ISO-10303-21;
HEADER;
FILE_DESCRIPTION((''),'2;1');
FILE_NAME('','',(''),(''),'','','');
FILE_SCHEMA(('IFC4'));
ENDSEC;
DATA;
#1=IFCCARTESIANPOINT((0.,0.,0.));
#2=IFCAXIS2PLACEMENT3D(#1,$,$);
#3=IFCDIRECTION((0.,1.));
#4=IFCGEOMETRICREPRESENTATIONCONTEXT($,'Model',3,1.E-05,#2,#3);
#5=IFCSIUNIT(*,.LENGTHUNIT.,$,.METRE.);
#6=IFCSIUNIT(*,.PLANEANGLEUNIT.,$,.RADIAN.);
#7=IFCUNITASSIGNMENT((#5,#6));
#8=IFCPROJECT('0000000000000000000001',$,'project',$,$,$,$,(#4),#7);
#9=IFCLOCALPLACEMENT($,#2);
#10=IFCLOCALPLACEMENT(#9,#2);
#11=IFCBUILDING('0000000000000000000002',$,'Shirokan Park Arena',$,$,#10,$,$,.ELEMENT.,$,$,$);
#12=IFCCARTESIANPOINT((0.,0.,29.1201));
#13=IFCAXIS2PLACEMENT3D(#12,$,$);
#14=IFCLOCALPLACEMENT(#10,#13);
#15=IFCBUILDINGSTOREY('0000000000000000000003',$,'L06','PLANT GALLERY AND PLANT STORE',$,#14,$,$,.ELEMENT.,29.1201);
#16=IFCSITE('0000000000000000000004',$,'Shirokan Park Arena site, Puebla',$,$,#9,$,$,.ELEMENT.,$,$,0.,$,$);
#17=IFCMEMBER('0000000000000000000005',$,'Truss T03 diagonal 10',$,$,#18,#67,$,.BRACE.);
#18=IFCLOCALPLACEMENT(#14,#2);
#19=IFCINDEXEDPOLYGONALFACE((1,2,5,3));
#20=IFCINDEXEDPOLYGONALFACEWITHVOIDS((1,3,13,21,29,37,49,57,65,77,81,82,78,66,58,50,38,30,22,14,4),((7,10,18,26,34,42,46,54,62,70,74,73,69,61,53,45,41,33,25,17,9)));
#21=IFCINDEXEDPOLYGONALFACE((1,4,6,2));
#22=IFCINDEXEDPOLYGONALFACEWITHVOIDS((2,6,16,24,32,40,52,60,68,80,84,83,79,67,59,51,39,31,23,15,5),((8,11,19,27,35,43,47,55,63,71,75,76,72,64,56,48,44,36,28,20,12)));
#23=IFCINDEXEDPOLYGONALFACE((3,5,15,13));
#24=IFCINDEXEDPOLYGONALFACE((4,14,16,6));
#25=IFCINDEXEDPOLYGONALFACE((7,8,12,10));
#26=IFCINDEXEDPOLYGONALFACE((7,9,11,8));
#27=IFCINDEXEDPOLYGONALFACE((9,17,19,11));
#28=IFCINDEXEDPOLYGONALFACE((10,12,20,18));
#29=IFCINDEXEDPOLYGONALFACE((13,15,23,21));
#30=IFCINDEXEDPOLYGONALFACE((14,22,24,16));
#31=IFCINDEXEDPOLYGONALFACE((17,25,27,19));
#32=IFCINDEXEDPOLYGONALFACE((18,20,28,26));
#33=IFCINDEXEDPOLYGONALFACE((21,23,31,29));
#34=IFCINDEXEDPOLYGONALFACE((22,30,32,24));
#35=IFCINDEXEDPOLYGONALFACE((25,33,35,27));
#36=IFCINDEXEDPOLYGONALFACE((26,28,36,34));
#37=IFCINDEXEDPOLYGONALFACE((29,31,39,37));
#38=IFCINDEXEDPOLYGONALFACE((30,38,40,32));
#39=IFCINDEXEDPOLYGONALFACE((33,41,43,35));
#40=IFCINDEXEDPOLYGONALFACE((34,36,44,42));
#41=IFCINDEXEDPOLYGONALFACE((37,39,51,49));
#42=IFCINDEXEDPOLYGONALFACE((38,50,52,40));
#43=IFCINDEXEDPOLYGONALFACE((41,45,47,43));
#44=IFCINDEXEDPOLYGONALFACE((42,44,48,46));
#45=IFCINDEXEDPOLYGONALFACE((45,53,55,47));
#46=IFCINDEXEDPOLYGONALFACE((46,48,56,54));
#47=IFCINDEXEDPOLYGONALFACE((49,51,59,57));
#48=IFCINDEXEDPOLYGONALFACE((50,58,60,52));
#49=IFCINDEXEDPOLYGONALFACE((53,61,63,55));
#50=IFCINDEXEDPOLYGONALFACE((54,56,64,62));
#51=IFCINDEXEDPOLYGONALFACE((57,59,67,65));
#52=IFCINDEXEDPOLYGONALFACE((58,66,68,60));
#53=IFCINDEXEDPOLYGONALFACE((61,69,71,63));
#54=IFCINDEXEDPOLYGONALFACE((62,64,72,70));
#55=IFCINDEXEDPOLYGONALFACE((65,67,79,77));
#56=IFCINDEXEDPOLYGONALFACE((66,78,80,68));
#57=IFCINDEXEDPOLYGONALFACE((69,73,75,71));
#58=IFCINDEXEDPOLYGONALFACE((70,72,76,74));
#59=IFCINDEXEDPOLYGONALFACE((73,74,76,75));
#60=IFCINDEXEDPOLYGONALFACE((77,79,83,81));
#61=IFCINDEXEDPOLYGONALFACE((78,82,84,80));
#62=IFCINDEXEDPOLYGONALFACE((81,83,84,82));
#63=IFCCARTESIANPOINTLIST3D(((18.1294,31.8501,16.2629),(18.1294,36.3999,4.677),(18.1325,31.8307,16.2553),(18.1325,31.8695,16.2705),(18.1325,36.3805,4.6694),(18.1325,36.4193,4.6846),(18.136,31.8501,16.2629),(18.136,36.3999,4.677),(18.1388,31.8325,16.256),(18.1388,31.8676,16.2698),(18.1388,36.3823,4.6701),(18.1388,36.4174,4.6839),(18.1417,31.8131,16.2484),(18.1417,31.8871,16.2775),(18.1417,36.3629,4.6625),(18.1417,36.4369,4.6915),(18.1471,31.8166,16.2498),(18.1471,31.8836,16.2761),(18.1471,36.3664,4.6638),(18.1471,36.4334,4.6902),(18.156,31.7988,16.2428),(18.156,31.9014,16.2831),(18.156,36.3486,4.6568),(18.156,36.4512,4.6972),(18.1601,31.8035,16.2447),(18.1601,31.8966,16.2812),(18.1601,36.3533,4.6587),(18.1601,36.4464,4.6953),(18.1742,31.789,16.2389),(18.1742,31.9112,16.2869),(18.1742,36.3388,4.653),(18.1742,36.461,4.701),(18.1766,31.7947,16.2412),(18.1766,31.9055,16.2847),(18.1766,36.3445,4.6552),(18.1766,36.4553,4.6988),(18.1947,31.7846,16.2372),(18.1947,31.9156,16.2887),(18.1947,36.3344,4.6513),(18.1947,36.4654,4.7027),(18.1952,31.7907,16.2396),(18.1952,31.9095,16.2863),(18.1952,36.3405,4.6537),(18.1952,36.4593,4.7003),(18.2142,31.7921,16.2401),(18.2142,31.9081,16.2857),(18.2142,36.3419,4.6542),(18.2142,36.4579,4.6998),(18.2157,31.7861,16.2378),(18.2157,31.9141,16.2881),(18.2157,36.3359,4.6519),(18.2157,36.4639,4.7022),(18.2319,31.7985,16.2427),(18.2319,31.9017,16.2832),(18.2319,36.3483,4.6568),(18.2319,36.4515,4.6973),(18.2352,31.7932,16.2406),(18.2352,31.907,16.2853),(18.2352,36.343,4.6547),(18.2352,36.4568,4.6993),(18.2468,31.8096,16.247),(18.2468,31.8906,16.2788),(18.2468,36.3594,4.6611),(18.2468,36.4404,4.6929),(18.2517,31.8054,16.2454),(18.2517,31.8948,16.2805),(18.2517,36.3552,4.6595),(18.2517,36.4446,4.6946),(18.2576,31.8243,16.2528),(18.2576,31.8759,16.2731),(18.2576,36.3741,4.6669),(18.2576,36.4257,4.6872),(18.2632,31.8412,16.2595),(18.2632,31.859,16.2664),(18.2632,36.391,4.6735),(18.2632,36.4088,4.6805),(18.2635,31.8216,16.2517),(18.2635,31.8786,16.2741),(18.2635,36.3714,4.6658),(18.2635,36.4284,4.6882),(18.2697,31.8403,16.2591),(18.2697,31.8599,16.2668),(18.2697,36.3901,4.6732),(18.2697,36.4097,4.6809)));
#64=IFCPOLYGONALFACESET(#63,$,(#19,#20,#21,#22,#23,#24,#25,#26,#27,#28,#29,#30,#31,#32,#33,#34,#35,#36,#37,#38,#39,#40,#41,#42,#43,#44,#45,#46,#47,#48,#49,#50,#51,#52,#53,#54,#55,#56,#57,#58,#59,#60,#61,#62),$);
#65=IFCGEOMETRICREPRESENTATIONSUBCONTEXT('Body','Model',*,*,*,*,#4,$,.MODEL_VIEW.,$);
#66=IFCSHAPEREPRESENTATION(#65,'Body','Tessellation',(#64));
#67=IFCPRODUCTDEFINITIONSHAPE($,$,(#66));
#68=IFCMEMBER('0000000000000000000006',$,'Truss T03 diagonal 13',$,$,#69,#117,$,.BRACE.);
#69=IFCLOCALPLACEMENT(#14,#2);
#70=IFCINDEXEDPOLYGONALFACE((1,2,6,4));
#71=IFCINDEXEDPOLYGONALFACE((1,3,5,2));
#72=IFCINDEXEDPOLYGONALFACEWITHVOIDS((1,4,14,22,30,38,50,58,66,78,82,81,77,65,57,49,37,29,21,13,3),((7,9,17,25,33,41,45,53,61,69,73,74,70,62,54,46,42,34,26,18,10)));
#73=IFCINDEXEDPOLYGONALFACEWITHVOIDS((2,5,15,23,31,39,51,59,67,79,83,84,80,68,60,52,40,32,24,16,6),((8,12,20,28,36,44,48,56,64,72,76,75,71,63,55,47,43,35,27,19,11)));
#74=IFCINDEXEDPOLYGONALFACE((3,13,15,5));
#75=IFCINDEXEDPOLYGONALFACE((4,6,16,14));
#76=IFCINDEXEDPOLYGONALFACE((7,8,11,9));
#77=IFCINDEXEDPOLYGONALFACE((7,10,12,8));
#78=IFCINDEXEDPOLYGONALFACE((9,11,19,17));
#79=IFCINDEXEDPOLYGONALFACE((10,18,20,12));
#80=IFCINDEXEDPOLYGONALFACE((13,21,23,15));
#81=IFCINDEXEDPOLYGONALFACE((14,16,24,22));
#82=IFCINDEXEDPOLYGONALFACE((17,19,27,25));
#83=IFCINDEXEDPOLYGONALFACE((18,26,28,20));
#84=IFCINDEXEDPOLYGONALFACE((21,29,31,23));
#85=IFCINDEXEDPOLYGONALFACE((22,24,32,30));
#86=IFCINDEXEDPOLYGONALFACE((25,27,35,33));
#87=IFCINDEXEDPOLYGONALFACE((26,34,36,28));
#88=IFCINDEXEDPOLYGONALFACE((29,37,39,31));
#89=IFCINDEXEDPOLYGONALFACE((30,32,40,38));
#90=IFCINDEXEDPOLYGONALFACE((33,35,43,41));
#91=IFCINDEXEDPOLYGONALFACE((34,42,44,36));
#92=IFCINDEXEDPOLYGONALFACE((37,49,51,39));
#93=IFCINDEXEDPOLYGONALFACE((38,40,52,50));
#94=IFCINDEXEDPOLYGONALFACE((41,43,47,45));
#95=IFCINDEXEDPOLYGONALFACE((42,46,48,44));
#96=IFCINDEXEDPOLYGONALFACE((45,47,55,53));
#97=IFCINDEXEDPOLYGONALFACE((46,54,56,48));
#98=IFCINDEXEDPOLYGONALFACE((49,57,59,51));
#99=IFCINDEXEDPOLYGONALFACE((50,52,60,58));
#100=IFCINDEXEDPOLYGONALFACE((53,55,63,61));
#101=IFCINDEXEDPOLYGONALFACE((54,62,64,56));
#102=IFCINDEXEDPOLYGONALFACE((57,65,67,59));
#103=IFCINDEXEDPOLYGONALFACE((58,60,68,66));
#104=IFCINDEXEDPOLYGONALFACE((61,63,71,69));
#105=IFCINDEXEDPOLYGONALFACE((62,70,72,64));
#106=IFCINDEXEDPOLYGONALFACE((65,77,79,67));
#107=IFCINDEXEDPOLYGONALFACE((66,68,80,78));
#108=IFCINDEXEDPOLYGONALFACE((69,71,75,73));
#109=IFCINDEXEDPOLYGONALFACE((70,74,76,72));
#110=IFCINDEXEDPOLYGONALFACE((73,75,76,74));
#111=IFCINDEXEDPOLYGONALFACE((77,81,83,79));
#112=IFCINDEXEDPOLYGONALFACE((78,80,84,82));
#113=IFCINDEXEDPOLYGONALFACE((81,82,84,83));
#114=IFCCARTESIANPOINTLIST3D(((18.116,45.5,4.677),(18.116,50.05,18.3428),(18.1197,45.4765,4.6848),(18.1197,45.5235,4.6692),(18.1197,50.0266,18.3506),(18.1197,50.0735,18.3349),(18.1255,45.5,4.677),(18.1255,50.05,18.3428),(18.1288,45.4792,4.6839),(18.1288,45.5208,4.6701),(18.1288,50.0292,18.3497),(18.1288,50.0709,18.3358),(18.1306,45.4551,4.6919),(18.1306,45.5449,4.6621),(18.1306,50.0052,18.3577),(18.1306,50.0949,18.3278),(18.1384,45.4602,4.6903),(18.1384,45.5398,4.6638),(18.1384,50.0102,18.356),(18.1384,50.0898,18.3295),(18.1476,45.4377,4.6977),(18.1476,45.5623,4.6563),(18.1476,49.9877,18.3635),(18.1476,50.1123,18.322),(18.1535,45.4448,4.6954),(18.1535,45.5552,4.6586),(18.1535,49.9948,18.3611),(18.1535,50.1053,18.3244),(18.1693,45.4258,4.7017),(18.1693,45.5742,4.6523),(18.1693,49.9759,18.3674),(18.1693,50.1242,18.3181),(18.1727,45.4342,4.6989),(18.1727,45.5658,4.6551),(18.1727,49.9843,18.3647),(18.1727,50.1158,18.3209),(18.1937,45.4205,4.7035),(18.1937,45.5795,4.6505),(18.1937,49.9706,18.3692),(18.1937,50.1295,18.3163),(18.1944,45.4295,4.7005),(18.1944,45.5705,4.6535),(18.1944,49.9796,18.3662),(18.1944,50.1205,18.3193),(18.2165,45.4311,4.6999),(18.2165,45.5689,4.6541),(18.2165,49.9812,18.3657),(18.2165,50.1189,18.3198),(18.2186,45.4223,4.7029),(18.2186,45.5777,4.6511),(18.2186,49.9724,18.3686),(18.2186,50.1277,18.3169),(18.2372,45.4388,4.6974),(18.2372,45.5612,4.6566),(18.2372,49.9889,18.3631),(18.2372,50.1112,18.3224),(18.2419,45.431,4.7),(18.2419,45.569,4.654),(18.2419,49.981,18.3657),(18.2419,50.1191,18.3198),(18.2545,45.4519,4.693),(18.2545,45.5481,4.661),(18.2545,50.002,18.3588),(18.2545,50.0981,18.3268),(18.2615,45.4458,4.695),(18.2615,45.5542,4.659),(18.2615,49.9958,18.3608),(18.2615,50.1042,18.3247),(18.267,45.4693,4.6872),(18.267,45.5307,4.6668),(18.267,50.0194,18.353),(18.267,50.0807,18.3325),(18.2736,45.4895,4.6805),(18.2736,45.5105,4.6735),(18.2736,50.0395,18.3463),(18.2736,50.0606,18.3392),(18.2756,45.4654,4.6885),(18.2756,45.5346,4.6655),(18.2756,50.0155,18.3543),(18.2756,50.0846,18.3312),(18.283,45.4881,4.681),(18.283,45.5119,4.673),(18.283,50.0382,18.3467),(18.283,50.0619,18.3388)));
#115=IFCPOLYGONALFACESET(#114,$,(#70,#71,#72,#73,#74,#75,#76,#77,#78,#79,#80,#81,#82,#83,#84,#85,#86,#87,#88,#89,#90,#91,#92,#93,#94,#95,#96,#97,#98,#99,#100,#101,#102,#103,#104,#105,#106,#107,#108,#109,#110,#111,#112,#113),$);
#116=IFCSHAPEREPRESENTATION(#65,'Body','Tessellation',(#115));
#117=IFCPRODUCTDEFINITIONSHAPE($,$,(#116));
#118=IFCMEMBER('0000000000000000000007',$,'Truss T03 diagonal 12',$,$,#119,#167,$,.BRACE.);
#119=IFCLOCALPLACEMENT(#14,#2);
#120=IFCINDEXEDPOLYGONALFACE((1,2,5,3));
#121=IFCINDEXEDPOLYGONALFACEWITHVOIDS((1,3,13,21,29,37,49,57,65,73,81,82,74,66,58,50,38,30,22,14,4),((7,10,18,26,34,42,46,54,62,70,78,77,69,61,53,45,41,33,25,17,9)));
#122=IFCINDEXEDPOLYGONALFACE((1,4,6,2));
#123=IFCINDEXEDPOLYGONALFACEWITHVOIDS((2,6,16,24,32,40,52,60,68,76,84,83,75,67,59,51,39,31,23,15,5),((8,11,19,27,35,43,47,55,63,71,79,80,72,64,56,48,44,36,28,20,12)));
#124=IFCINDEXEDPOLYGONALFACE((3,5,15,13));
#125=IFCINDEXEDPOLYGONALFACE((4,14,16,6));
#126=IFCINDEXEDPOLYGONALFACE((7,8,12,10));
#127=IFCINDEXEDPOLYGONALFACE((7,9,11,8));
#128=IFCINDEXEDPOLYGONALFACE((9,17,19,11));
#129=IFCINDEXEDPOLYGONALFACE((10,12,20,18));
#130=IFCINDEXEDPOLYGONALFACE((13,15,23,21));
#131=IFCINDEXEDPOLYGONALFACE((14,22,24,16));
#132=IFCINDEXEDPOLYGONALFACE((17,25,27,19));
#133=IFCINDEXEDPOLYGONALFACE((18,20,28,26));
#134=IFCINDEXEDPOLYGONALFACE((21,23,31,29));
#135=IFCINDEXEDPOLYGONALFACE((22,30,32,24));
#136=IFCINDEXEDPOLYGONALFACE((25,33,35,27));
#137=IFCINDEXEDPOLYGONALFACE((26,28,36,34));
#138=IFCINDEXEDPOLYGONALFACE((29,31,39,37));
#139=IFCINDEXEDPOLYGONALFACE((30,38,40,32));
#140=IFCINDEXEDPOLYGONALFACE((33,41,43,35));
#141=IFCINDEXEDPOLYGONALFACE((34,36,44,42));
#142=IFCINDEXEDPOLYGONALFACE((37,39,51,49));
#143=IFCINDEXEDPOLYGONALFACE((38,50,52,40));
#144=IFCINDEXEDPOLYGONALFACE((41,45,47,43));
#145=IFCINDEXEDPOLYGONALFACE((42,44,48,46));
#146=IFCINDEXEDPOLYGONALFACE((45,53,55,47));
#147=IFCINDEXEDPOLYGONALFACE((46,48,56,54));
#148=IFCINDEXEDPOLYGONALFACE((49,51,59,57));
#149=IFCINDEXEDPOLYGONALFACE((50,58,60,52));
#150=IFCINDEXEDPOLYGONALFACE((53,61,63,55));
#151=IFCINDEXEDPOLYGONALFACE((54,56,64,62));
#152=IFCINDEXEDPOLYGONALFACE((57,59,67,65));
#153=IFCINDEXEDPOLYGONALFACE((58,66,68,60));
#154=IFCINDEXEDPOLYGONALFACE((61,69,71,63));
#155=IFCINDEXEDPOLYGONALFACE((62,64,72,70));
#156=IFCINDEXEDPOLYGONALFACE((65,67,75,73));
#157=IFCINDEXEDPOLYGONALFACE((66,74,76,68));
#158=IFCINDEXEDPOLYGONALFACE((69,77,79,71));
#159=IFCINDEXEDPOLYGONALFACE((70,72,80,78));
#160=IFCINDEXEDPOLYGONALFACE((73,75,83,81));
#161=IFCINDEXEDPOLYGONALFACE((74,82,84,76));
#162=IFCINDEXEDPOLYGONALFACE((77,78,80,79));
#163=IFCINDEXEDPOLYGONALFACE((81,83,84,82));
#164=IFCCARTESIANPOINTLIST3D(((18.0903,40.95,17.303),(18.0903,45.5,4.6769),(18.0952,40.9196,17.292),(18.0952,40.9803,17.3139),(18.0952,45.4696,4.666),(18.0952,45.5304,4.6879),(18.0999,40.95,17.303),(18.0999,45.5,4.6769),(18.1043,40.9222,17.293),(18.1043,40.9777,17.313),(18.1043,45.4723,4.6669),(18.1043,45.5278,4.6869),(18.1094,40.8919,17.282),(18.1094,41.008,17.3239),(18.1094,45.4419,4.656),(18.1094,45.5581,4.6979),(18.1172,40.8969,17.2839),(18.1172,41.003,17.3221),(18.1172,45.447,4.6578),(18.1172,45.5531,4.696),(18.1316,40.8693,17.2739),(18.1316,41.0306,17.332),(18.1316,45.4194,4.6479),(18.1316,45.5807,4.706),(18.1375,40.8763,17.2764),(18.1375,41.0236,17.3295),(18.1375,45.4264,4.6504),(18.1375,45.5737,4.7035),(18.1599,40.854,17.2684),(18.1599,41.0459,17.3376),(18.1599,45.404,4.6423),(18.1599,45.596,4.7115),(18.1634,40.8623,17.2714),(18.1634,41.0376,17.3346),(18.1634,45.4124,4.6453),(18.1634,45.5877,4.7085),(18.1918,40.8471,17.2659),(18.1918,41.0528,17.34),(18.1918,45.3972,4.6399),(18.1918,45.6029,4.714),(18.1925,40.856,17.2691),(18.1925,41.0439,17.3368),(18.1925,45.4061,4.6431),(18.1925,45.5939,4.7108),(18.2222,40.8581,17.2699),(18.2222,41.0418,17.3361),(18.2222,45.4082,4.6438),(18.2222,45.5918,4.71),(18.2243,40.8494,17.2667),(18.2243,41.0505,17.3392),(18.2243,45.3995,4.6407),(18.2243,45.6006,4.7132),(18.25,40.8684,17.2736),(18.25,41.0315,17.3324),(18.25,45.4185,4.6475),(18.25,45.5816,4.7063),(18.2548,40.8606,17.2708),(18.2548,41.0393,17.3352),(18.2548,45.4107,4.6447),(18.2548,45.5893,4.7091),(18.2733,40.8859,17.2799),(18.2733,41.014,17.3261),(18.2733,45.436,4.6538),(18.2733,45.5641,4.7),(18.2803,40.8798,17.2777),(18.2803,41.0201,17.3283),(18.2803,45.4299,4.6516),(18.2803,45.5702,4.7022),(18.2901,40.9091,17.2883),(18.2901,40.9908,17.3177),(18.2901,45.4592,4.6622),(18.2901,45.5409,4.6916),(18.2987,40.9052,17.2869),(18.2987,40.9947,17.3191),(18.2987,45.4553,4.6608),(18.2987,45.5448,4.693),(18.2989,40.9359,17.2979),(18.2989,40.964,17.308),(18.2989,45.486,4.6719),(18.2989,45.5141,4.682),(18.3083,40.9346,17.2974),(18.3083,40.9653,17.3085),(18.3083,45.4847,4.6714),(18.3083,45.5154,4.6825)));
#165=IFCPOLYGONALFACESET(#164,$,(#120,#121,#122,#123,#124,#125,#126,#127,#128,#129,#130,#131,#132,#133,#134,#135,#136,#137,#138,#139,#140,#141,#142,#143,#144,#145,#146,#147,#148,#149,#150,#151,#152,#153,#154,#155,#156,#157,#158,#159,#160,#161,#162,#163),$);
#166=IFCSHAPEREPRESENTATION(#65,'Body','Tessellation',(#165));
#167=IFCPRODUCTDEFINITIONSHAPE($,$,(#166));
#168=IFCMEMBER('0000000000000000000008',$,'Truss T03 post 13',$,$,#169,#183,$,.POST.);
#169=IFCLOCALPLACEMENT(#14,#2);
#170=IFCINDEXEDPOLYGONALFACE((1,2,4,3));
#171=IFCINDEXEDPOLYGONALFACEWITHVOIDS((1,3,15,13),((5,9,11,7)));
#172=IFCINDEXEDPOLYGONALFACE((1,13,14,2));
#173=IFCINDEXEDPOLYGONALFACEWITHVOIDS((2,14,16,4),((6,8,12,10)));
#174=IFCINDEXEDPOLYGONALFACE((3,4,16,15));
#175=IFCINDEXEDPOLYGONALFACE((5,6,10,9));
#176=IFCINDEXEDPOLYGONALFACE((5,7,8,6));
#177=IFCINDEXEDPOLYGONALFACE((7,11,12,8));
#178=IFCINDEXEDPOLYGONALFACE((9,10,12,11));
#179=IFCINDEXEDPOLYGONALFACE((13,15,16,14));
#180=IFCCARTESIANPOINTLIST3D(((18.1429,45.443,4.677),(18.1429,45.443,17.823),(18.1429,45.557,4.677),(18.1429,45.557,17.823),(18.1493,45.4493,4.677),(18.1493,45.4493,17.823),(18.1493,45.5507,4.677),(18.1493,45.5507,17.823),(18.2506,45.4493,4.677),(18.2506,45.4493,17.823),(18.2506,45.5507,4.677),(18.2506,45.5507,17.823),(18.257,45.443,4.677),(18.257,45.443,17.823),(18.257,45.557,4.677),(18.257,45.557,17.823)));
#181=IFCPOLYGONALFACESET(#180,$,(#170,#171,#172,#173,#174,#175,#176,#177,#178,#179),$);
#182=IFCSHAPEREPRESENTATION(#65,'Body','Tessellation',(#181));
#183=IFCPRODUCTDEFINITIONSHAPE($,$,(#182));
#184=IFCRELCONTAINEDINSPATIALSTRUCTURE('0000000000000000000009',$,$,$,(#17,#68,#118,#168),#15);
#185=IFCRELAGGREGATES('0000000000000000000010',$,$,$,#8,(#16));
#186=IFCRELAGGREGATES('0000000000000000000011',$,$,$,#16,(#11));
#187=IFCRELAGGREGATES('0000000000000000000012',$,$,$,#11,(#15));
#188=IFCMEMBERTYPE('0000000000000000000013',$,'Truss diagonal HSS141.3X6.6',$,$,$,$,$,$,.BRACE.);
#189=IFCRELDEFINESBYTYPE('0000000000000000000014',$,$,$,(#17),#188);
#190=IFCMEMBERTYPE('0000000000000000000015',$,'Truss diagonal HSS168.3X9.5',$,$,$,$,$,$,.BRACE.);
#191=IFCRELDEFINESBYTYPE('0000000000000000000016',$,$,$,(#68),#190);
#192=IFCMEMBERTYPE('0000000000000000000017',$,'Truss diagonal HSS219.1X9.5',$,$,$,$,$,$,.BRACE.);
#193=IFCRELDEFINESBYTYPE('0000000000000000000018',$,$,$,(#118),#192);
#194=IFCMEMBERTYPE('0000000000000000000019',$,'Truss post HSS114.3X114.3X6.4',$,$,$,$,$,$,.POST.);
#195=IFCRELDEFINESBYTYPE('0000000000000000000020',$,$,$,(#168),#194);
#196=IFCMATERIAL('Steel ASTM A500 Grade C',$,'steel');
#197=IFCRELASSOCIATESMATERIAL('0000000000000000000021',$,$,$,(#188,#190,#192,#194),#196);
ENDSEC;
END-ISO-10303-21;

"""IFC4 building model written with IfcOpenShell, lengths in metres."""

from ifc_helpers import new_model, si_unit, direction, frame, origin, origin_2d, place, context, subcontext, project, spatial, hollow_rectangle, hollow_circle, extrude, material, material_profile, profile_set, type_object, element, save


model = new_model("IFC4")

# Units and contexts
model_context = context("Model", 3, precision=1e-05, world=origin(), true_north=direction((0.0, 1.0)))
body_context = subcontext(model_context, "Body", "Model", "MODEL_VIEW")
ifc_project = project(units=[si_unit("LENGTHUNIT", "METRE"), si_unit("PLANEANGLEUNIT", "RADIAN")], contexts=[model_context])

# Site, building, storey
site_placement = place(None, origin())
site = spatial("IfcSite", under=ifc_project, at=site_placement, Name="Shirokan Park Arena site, Puebla", CompositionType="ELEMENT", RefElevation=0.0)
building_placement = place(site_placement, origin())
building = spatial("IfcBuilding", under=site, at=building_placement, Name="Shirokan Park Arena", CompositionType="ELEMENT")
storey_placement = place(building_placement, frame((0.0, 0.0, 29.1201)))
storey = spatial("IfcBuildingStorey", under=building, at=storey_placement, Name="L06", Description="PLANT GALLERY AND PLANT STORE", CompositionType="ELEMENT", Elevation=29.1201)

# Members
ifc_material_1 = material(Name="Steel ASTM A500 Grade C", Category="steel")
ifc_material_profile_1 = material_profile(ifc_material_1, hollow_circle(Radius=0.0706, WallThickness=0.0066, at=origin_2d()), Name="HSS141.3X6.6")
ifc_profile_set_1 = profile_set([ifc_material_profile_1], Name="Steel ASTM A500 Grade C")
member_type_1 = type_object("IfcMemberType", Name="Truss diagonal HSS141.3X6.6", PredefinedType="BRACE", material=ifc_profile_set_1)
member_1_placement = place(storey_placement, frame((18.2, 31.8501, 16.2629), z_axis=(0.0, 0.365526, -0.930801), x_axis=(-1.0, 0.0, 0.0)))
element("IfcMember", 1, at=member_1_placement, inside=storey, type_object=member_type_1, Name="Truss T03 diagonal 10", PredefinedType="BRACE", context=body_context, shape_type="SweptSolid", body=[
    extrude(hollow_circle(Radius=0.0706, WallThickness=0.0066, at=origin_2d()), origin(), (0.0, 0.0, 1.0), 12.4473),
])
ifc_material_profile_2 = material_profile(ifc_material_1, hollow_circle(Radius=0.084, WallThickness=0.0095, at=origin_2d()), Name="HSS168.3X9.5")
ifc_profile_set_2 = profile_set([ifc_material_profile_2], Name="Steel ASTM A500 Grade C")
member_type_2 = type_object("IfcMemberType", Name="Truss diagonal HSS168.3X9.5", PredefinedType="BRACE", material=ifc_profile_set_2)
member_2_placement = place(storey_placement, frame((18.2, 45.5, 4.677), z_axis=(0.0, 0.315902, 0.948792), x_axis=(-1.0, 0.0, 0.0)))
element("IfcMember", 2, at=member_2_placement, inside=storey, type_object=member_type_2, Name="Truss T03 diagonal 13", PredefinedType="BRACE", context=body_context, shape_type="SweptSolid", body=[
    extrude(hollow_circle(Radius=0.084, WallThickness=0.0095, at=origin_2d()), origin(), (0.0, 0.0, 1.0), 14.4033),
])
ifc_material_profile_3 = material_profile(ifc_material_1, hollow_circle(Radius=0.1096, WallThickness=0.0095, at=origin_2d()), Name="HSS219.1X9.5")
ifc_profile_set_3 = profile_set([ifc_material_profile_3], Name="Steel ASTM A500 Grade C")
member_type_3 = type_object("IfcMemberType", Name="Truss diagonal HSS219.1X9.5", PredefinedType="BRACE", material=ifc_profile_set_3)
member_3_placement = place(storey_placement, frame((18.2, 40.95, 17.303), z_axis=(0.0, 0.339029, -0.940776), x_axis=(-1.0, 0.0, 0.0)))
element("IfcMember", 3, at=member_3_placement, inside=storey, type_object=member_type_3, Name="Truss T03 diagonal 12", PredefinedType="BRACE", context=body_context, shape_type="SweptSolid", body=[
    extrude(hollow_circle(Radius=0.1096, WallThickness=0.0095, at=origin_2d()), origin(), (0.0, 0.0, 1.0), 13.4209),
])
ifc_material_profile_4 = material_profile(ifc_material_1, hollow_rectangle(XDim=0.114, YDim=0.114, WallThickness=0.0063, at=origin_2d()), Name="HSS114.3X114.3X6.4")
ifc_profile_set_4 = profile_set([ifc_material_profile_4], Name="Steel ASTM A500 Grade C")
member_type_4 = type_object("IfcMemberType", Name="Truss post HSS114.3X114.3X6.4", PredefinedType="POST", material=ifc_profile_set_4)
member_4_placement = place(storey_placement, frame((18.2, 45.5, 4.677), z_axis=(0.0, 0.0, 1.0), x_axis=(1.0, 0.0, 0.0)))
element("IfcMember", 4, at=member_4_placement, inside=storey, type_object=member_type_4, Name="Truss T03 post 13", PredefinedType="POST", context=body_context, shape_type="SweptSolid", body=[
    extrude(hollow_rectangle(XDim=0.114, YDim=0.114, WallThickness=0.0063, at=origin_2d()), origin(), (0.0, 0.0, 1.0), 13.146),
])

save(model, "model.ifc")
